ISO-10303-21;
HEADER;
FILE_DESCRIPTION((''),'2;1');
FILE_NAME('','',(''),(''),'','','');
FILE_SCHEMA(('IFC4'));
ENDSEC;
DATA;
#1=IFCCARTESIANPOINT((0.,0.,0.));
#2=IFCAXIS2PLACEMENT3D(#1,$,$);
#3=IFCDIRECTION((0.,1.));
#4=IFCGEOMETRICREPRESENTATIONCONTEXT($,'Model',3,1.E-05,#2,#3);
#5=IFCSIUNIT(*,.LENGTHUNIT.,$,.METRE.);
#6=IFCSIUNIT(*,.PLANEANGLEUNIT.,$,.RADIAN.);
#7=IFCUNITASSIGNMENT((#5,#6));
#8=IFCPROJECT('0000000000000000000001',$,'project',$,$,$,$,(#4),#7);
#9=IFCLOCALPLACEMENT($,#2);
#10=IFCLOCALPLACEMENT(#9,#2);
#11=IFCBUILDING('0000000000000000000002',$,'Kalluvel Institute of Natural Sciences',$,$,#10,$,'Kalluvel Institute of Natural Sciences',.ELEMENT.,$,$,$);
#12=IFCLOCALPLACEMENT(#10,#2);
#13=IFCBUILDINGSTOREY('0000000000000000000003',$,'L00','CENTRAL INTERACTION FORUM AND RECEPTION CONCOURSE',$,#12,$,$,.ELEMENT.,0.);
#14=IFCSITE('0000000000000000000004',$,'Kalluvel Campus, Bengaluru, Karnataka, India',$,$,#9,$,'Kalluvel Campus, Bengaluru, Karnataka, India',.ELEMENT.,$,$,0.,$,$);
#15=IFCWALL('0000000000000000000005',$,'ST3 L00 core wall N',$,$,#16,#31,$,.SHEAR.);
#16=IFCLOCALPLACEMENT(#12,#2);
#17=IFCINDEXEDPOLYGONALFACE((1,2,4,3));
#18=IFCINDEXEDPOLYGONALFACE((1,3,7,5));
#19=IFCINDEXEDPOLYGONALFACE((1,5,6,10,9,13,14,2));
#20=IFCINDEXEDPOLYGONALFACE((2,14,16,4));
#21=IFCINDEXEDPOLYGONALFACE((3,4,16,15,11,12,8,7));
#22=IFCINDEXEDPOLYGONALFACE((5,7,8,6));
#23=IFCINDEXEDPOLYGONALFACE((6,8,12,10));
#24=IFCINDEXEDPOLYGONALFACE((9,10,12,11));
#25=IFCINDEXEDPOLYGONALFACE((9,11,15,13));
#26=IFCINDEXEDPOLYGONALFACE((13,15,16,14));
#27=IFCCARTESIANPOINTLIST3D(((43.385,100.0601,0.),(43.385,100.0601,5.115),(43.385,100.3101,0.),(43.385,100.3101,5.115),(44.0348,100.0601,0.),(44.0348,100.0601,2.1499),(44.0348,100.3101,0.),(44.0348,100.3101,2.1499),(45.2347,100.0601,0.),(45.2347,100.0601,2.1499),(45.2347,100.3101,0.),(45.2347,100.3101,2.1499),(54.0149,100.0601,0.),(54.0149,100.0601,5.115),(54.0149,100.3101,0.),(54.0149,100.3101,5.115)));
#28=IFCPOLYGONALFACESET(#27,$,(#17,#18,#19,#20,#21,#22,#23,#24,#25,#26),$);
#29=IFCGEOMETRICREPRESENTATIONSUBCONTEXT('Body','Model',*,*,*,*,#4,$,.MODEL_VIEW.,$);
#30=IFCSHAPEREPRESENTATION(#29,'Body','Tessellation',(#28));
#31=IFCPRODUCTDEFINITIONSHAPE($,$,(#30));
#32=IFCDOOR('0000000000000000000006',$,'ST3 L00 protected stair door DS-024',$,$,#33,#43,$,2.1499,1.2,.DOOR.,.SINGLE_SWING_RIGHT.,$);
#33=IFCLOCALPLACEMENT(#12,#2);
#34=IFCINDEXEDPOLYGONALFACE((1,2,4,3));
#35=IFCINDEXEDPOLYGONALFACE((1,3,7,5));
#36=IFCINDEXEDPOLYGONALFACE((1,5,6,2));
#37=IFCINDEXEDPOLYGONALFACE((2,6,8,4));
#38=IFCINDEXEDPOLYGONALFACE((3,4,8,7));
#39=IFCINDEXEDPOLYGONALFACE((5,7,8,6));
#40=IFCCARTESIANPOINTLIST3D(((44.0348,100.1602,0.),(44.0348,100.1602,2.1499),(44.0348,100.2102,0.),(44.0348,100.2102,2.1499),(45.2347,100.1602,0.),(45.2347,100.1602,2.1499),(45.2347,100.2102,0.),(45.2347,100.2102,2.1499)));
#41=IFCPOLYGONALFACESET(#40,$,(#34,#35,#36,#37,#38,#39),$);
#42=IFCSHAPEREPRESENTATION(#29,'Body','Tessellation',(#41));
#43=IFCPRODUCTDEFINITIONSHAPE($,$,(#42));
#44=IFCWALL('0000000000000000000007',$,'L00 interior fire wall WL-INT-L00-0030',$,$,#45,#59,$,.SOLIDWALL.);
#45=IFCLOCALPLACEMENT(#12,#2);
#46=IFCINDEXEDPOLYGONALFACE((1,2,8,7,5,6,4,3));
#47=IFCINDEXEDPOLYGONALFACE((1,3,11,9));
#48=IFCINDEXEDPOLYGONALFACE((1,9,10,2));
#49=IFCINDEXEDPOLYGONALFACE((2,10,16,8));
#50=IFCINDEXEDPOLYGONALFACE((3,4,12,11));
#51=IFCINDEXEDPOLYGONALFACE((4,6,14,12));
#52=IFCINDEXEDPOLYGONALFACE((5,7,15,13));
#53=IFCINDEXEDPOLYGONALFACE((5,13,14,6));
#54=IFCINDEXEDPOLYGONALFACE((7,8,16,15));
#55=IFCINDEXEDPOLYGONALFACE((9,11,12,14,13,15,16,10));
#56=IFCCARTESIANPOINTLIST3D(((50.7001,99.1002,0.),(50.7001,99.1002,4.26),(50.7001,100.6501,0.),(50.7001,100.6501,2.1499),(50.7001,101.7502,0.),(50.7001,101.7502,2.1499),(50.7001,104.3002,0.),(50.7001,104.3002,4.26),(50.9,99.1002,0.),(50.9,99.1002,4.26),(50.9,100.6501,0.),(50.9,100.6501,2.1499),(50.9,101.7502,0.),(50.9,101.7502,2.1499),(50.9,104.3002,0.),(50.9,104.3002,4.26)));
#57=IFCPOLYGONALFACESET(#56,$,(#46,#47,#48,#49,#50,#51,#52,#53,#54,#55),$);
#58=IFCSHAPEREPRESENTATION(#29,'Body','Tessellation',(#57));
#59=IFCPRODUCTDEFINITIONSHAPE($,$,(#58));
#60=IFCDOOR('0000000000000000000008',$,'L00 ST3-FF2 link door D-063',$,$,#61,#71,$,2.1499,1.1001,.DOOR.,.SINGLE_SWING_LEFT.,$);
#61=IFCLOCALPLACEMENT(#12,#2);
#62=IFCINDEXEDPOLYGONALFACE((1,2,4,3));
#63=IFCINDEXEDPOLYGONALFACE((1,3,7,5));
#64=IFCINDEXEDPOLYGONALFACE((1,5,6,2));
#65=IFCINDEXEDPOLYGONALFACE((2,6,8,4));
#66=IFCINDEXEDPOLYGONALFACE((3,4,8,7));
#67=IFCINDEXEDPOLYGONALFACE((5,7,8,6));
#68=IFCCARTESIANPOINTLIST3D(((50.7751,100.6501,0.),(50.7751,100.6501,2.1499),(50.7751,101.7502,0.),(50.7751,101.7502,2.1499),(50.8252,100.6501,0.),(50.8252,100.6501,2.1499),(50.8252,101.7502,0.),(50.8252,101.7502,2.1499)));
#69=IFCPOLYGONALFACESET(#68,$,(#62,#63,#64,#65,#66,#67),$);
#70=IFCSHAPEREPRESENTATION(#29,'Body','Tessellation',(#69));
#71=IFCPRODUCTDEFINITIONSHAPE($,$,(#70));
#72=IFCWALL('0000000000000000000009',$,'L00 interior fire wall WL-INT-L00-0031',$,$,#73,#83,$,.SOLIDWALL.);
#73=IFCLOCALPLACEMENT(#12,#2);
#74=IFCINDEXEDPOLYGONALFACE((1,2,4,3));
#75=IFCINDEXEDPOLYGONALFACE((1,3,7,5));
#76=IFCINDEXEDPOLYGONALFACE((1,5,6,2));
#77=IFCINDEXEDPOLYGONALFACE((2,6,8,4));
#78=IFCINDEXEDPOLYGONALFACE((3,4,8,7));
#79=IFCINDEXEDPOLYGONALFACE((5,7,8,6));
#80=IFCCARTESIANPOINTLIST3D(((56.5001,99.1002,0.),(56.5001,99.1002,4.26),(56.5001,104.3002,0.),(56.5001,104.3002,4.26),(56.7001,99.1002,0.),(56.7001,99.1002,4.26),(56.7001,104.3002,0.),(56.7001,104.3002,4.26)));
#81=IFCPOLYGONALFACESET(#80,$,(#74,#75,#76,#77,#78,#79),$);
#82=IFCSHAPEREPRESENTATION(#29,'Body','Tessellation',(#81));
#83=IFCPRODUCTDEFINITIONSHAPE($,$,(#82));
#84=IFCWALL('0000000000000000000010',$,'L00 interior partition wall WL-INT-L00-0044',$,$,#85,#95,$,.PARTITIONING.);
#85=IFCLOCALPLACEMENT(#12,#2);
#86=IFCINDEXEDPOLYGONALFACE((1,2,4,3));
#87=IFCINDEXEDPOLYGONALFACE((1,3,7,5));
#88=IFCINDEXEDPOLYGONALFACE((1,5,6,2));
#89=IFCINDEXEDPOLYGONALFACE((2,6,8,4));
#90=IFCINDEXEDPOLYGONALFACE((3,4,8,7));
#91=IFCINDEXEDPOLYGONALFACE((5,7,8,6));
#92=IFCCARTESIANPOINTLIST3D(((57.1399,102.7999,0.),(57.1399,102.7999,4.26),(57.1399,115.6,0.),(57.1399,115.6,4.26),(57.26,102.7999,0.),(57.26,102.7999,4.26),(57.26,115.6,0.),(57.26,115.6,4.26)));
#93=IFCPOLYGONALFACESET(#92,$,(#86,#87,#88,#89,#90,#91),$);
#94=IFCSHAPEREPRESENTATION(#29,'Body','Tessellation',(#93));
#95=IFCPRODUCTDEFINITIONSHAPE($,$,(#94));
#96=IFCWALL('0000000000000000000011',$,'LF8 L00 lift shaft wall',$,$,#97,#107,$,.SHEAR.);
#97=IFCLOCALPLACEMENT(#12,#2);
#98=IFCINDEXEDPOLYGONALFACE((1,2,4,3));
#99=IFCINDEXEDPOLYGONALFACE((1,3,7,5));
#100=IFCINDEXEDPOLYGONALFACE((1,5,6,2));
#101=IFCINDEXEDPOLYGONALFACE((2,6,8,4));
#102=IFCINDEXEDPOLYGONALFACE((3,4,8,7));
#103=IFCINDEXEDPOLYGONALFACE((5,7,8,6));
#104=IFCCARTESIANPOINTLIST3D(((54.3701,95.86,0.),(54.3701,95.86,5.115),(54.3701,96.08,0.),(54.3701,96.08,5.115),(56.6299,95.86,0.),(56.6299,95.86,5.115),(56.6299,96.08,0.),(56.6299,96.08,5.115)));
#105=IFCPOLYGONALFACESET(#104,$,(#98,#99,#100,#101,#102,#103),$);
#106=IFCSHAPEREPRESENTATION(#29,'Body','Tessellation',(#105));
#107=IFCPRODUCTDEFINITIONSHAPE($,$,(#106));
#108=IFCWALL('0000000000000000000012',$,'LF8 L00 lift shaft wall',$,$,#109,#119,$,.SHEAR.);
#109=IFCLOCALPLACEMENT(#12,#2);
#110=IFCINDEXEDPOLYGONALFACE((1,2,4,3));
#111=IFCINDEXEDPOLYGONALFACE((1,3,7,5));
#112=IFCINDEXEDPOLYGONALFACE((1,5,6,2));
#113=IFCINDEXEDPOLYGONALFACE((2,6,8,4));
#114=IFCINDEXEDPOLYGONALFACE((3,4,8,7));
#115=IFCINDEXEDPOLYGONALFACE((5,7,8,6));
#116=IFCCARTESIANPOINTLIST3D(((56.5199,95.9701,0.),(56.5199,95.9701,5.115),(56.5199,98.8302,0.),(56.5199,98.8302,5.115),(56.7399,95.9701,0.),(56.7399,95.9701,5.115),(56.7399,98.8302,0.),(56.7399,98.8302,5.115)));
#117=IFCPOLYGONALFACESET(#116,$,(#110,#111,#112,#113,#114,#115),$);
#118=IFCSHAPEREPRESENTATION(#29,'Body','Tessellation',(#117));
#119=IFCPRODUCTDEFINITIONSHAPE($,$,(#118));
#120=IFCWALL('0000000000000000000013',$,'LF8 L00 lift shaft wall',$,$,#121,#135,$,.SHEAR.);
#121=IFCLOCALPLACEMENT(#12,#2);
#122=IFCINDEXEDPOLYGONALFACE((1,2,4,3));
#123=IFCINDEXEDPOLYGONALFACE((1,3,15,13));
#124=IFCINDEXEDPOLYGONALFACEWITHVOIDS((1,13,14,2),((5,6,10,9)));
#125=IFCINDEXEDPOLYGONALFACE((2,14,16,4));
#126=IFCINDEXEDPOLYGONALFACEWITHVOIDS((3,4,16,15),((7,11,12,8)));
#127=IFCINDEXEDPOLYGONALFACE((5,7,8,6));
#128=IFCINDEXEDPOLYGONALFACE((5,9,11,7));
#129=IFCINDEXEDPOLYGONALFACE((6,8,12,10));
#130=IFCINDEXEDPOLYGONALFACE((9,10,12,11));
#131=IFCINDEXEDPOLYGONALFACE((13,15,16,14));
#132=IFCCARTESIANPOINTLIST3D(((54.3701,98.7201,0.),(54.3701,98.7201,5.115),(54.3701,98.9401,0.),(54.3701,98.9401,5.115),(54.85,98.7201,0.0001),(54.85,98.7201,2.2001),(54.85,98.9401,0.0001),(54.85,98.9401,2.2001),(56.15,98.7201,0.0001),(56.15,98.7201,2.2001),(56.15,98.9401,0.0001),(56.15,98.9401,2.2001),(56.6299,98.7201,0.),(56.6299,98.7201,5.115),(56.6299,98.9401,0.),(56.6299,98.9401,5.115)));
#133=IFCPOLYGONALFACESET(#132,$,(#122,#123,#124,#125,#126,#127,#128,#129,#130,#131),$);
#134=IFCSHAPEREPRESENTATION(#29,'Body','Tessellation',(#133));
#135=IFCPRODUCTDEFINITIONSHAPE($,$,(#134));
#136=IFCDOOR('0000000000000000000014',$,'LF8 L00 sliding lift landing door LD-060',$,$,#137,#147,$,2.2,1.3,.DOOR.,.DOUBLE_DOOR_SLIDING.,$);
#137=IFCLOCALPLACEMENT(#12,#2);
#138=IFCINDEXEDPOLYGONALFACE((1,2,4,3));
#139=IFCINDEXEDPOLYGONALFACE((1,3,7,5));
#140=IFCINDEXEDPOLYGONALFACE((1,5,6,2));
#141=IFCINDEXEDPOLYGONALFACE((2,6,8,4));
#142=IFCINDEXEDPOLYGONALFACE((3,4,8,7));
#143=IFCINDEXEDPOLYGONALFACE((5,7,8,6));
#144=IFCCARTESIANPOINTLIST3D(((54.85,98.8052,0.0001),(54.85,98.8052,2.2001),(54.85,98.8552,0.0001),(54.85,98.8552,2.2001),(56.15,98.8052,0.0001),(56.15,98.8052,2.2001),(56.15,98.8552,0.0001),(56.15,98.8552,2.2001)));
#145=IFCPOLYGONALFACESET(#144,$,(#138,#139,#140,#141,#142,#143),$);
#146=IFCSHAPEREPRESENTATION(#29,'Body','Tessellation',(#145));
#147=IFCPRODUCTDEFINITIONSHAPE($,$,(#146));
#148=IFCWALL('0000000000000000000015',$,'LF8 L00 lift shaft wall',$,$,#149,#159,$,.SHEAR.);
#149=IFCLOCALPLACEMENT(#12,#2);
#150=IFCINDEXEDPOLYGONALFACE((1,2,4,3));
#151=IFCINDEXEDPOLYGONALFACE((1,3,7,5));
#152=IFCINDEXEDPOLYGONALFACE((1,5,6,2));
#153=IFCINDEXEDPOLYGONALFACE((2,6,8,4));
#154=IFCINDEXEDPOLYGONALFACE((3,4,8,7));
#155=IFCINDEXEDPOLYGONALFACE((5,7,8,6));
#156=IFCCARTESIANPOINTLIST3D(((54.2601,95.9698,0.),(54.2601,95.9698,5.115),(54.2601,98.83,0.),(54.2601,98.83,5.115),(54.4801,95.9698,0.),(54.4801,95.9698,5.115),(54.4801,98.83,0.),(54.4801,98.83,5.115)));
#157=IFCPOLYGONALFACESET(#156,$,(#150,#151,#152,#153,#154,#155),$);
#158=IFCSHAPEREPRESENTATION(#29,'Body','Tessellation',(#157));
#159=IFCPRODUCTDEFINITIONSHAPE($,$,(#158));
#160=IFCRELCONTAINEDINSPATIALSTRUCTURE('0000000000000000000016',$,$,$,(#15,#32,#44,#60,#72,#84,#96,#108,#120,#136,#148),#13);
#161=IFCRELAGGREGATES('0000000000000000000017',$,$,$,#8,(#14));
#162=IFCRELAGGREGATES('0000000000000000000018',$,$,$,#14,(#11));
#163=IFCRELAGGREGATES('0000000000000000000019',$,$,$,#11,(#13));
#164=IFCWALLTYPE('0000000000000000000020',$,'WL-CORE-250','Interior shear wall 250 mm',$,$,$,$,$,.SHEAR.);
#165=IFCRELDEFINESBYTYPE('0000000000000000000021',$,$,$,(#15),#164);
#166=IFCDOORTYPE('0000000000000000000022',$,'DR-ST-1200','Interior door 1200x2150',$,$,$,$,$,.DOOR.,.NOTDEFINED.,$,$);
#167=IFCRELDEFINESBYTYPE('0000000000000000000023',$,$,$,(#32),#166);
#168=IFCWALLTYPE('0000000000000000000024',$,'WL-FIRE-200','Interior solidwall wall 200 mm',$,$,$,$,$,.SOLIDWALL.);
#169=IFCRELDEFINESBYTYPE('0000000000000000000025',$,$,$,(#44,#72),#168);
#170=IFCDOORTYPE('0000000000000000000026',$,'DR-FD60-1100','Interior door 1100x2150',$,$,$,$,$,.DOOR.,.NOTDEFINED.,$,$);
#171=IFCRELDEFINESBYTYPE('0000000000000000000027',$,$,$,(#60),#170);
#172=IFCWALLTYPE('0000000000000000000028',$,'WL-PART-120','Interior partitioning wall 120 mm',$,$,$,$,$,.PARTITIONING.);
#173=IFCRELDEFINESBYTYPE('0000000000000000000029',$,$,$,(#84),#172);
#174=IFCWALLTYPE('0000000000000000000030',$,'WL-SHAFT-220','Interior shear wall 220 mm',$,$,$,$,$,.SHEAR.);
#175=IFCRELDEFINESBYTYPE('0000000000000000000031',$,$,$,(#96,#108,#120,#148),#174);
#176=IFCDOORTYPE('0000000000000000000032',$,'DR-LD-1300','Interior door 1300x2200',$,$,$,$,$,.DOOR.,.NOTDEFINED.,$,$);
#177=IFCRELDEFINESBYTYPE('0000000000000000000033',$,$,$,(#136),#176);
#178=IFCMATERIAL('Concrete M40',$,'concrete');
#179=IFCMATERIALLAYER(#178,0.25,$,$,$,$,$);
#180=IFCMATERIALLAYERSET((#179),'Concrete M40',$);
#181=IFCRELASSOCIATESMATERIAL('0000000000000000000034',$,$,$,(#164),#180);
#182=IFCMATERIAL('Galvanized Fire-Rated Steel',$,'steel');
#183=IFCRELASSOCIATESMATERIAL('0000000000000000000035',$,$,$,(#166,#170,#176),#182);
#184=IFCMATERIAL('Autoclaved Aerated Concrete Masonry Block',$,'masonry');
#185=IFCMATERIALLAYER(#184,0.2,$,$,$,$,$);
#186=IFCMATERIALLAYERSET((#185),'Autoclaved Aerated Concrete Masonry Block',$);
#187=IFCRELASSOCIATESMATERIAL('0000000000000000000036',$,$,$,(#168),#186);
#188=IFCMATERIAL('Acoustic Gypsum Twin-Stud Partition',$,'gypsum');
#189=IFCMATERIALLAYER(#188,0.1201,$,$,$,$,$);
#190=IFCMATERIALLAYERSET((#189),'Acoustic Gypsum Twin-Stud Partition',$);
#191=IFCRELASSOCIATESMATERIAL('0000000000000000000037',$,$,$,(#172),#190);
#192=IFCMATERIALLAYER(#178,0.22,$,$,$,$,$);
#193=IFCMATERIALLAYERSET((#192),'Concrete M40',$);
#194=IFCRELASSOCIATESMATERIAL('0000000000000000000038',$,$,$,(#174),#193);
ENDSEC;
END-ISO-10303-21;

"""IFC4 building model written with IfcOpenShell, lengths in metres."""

from ifc_helpers import new_model, si_unit, direction, frame, frame_2d, origin, place, context, subcontext, project, spatial, rectangle, extrude, material, layer, layer_set, type_object, element, fill, save


model = new_model("IFC4")

# Units and contexts
model_context = context("Model", 3, precision=1e-05, world=origin(), true_north=direction((0.0, 1.0)))
body_context = subcontext(model_context, "Body", "Model", "MODEL_VIEW")
ifc_project = project(units=[si_unit("LENGTHUNIT", "METRE"), si_unit("PLANEANGLEUNIT", "RADIAN")], contexts=[model_context])

# Site, building, storey
site_placement = place(None, origin())
site = spatial("IfcSite", under=ifc_project, at=site_placement, Name="Kalluvel Campus, Bengaluru, Karnataka, India", LongName="Kalluvel Campus, Bengaluru, Karnataka, India", CompositionType="ELEMENT", RefElevation=0.0)
building_placement = place(site_placement, origin())
building = spatial("IfcBuilding", under=site, at=building_placement, Name="Kalluvel Institute of Natural Sciences", LongName="Kalluvel Institute of Natural Sciences", CompositionType="ELEMENT")
storey_placement = place(building_placement, origin())
storey = spatial("IfcBuildingStorey", under=building, at=storey_placement, Name="L00", Description="CENTRAL INTERACTION FORUM AND RECEPTION CONCOURSE", CompositionType="ELEMENT", Elevation=0.0)

# Shared definitions
ifc_material_1 = material(Name="Concrete M40", Category="concrete")

# Shared definitions
ifc_layer_1 = layer(ifc_material_1, 0.25)
ifc_layer_set_1 = layer_set([ifc_layer_1], Name="Concrete M40")
wall_type_1 = type_object("IfcWallType", Name="WL-CORE-250", Description="Interior shear wall 250 mm", PredefinedType="SHEAR", material=ifc_layer_set_1)

# Walls, openings, doors
wall_1_placement = place(storey_placement, frame((54.0149, 100.1851, 0.0), z_axis=(0.0, 0.0, 1.0), x_axis=(-1.0, 0.0, 0.0)))
wall_1 = element("IfcWall", 1, at=wall_1_placement, inside=storey, type_object=wall_type_1, Name="ST3 L00 core wall N", PredefinedType="SHEAR", context=body_context, shape_type="SweptSolid", body=[
    extrude(rectangle(XDim=10.6299, YDim=0.25, at=frame_2d((5.3149, 0.0))), origin(), (0.0, 0.0, 1.0), 5.115),
])
opening_1_placement = place(wall_1_placement, frame((8.78, 0.0, 0.0)))
opening_1 = element("IfcOpeningElement", 2, at=opening_1_placement, cuts=wall_1, PredefinedType="OPENING", context=body_context, shape_type="SweptSolid", body=[
    extrude(rectangle(XDim=1.2, YDim=2.1499, at=frame_2d((0.6001, 1.075))), frame((0.0, 0.135, 0.0), z_axis=(0.0, -1.0, 0.0), x_axis=(1.0, 0.0, 0.0)), (0.0, 0.0, 1.0), 0.27),
])
ifc_material_2 = material(Name="Galvanized Fire-Rated Steel", Category="steel")
door_type_1 = type_object("IfcDoorType", Name="DR-ST-1200", Description="Interior door 1200x2150", OperationType="NOTDEFINED", PredefinedType="DOOR", material=ifc_material_2)
door_1_placement = place(opening_1_placement, origin())
door_1 = element("IfcDoor", 3, at=door_1_placement, inside=storey, type_object=door_type_1, Name="ST3 L00 protected stair door DS-024", OperationType="SINGLE_SWING_RIGHT", OverallHeight=2.1499, OverallWidth=1.2, PredefinedType="DOOR", context=body_context, shape_type="SweptSolid", body=[
    extrude(rectangle(XDim=1.2, YDim=2.1499, at=frame_2d((0.6001, 1.075))), frame((0.0, 0.0249, 0.0), z_axis=(0.0, -1.0, 0.0), x_axis=(1.0, 0.0, 0.0)), (0.0, 0.0, 1.0), 0.05),
])
fill(opening_1, door_1)
ifc_material_3 = material(Name="Autoclaved Aerated Concrete Masonry Block", Category="masonry")
ifc_layer_2 = layer(ifc_material_3, 0.2)
ifc_layer_set_2 = layer_set([ifc_layer_2], Name="Autoclaved Aerated Concrete Masonry Block")
wall_type_2 = type_object("IfcWallType", Name="WL-FIRE-200", Description="Interior solidwall wall 200 mm", PredefinedType="SOLIDWALL", material=ifc_layer_set_2)
wall_2_placement = place(storey_placement, frame((50.8, 99.1001, 0.0), z_axis=(0.0, 0.0, 1.0), x_axis=(0.0, 1.0, 0.0)))
wall_2 = element("IfcWall", 4, at=wall_2_placement, inside=storey, type_object=wall_type_2, Name="L00 interior fire wall WL-INT-L00-0030", PredefinedType="SOLIDWALL", context=body_context, shape_type="SweptSolid", body=[
    extrude(rectangle(XDim=5.2, YDim=0.2, at=frame_2d((2.6001, 0.0))), origin(), (0.0, 0.0, 1.0), 4.26),
])
opening_2_placement = place(wall_2_placement, frame((1.55, 0.0, 0.0)))
opening_2 = element("IfcOpeningElement", 5, at=opening_2_placement, cuts=wall_2, PredefinedType="OPENING", context=body_context, shape_type="SweptSolid", body=[
    extrude(rectangle(XDim=1.1001, YDim=2.1499, at=frame_2d((0.55, 1.075))), frame((0.0, 0.1099, 0.0), z_axis=(0.0, -1.0, 0.0), x_axis=(1.0, 0.0, 0.0)), (0.0, 0.0, 1.0), 0.22),
])
door_type_2 = type_object("IfcDoorType", Name="DR-FD60-1100", Description="Interior door 1100x2150", OperationType="NOTDEFINED", PredefinedType="DOOR", material=ifc_material_2)
door_2_placement = place(opening_2_placement, origin())
door_2 = element("IfcDoor", 6, at=door_2_placement, inside=storey, type_object=door_type_2, Name="L00 ST3-FF2 link door D-063", OperationType="SINGLE_SWING_LEFT", OverallHeight=2.1499, OverallWidth=1.1001, PredefinedType="DOOR", context=body_context, shape_type="SweptSolid", body=[
    extrude(rectangle(XDim=1.1001, YDim=2.1499, at=frame_2d((0.55, 1.075))), frame((0.0, 0.0249, 0.0), z_axis=(0.0, -1.0, 0.0), x_axis=(1.0, 0.0, 0.0)), (0.0, 0.0, 1.0), 0.05),
])
fill(opening_2, door_2)

# Walls
wall_3_placement = place(storey_placement, frame((56.6001, 99.1001, 0.0), z_axis=(0.0, 0.0, 1.0), x_axis=(0.0, 1.0, 0.0)))
element("IfcWall", 7, at=wall_3_placement, inside=storey, type_object=wall_type_2, Name="L00 interior fire wall WL-INT-L00-0031", PredefinedType="SOLIDWALL", context=body_context, shape_type="SweptSolid", body=[
    extrude(rectangle(XDim=5.2, YDim=0.2, at=frame_2d((2.6001, 0.0))), origin(), (0.0, 0.0, 1.0), 4.26),
])
ifc_material_4 = material(Name="Acoustic Gypsum Twin-Stud Partition", Category="gypsum")
ifc_layer_3 = layer(ifc_material_4, 0.1201)
ifc_layer_set_3 = layer_set([ifc_layer_3], Name="Acoustic Gypsum Twin-Stud Partition")
wall_type_3 = type_object("IfcWallType", Name="WL-PART-120", Description="Interior partitioning wall 120 mm", PredefinedType="PARTITIONING", material=ifc_layer_set_3)
wall_4_placement = place(storey_placement, frame((57.2, 102.8, 0.0), z_axis=(0.0, 0.0, 1.0), x_axis=(0.0, 1.0, 0.0)))
element("IfcWall", 8, at=wall_4_placement, inside=storey, type_object=wall_type_3, Name="L00 interior partition wall WL-INT-L00-0044", PredefinedType="PARTITIONING", context=body_context, shape_type="SweptSolid", body=[
    extrude(rectangle(XDim=12.8, YDim=0.1201, at=frame_2d((6.3999, 0.0))), origin(), (0.0, 0.0, 1.0), 4.26),
])
ifc_layer_4 = layer(ifc_material_1, 0.22)
ifc_layer_set_4 = layer_set([ifc_layer_4], Name="Concrete M40")
wall_type_4 = type_object("IfcWallType", Name="WL-SHAFT-220", Description="Interior shear wall 220 mm", PredefinedType="SHEAR", material=ifc_layer_set_4)
wall_5_placement = place(storey_placement, frame((54.3701, 95.97, 0.0), z_axis=(0.0, 0.0, 1.0), x_axis=(1.0, 0.0, 0.0)))
element("IfcWall", 9, at=wall_5_placement, inside=storey, type_object=wall_type_4, Name="LF8 L00 lift shaft wall", PredefinedType="SHEAR", context=body_context, shape_type="SweptSolid", body=[
    extrude(rectangle(XDim=2.2598, YDim=0.22, at=frame_2d((1.1299, 0.0))), origin(), (0.0, 0.0, 1.0), 5.115),
])
wall_6_placement = place(storey_placement, frame((56.6299, 95.97, 0.0), z_axis=(0.0, 0.0, 1.0), x_axis=(0.0, 1.0, 0.0)))
element("IfcWall", 10, at=wall_6_placement, inside=storey, type_object=wall_type_4, Name="LF8 L00 lift shaft wall", PredefinedType="SHEAR", context=body_context, shape_type="SweptSolid", body=[
    extrude(rectangle(XDim=2.8601, YDim=0.22, at=frame_2d((1.4302, 0.0))), origin(), (0.0, 0.0, 1.0), 5.115),
])

# Wall, opening, door
wall_7_placement = place(storey_placement, frame((56.6299, 98.8301, 0.0), z_axis=(0.0, 0.0, 1.0), x_axis=(-1.0, 0.0, 0.0)))
wall_7 = element("IfcWall", 11, at=wall_7_placement, inside=storey, type_object=wall_type_4, Name="LF8 L00 lift shaft wall", PredefinedType="SHEAR", context=body_context, shape_type="SweptSolid", body=[
    extrude(rectangle(XDim=2.2598, YDim=0.22, at=frame_2d((1.1299, 0.0))), origin(), (0.0, 0.0, 1.0), 5.115),
])
opening_3_placement = place(wall_7_placement, frame((0.48, 0.0, 0.0)))
opening_3 = element("IfcOpeningElement", 12, at=opening_3_placement, cuts=wall_7, PredefinedType="OPENING", context=body_context, shape_type="SweptSolid", body=[
    extrude(rectangle(XDim=1.3, YDim=2.2, at=frame_2d((0.6499, 1.1001))), frame((0.0, 0.1199, 0.0), z_axis=(0.0, -1.0, 0.0), x_axis=(1.0, 0.0, 0.0)), (0.0, 0.0, 1.0), 0.24),
])
door_type_3 = type_object("IfcDoorType", Name="DR-LD-1300", Description="Interior door 1300x2200", OperationType="NOTDEFINED", PredefinedType="DOOR", material=ifc_material_2)
door_3_placement = place(opening_3_placement, origin())
door_3 = element("IfcDoor", 13, at=door_3_placement, inside=storey, type_object=door_type_3, Name="LF8 L00 sliding lift landing door LD-060", OperationType="DOUBLE_DOOR_SLIDING", OverallHeight=2.2, OverallWidth=1.3, PredefinedType="DOOR", context=body_context, shape_type="SweptSolid", body=[
    extrude(rectangle(XDim=1.3, YDim=2.2, at=frame_2d((0.6499, 1.1001))), frame((0.0, 0.0249, 0.0), z_axis=(0.0, -1.0, 0.0), x_axis=(1.0, 0.0, 0.0)), (0.0, 0.0, 1.0), 0.05),
])
fill(opening_3, door_3)

# Wall
wall_8_placement = place(storey_placement, frame((54.3701, 98.8301, 0.0), z_axis=(0.0, 0.0, 1.0), x_axis=(0.0, -1.0, 0.0)))
element("IfcWall", 14, at=wall_8_placement, inside=storey, type_object=wall_type_4, Name="LF8 L00 lift shaft wall", PredefinedType="SHEAR", context=body_context, shape_type="SweptSolid", body=[
    extrude(rectangle(XDim=2.8601, YDim=0.22, at=frame_2d((1.4302, 0.0))), origin(), (0.0, 0.0, 1.0), 5.115),
])

save(model, "model.ifc")
